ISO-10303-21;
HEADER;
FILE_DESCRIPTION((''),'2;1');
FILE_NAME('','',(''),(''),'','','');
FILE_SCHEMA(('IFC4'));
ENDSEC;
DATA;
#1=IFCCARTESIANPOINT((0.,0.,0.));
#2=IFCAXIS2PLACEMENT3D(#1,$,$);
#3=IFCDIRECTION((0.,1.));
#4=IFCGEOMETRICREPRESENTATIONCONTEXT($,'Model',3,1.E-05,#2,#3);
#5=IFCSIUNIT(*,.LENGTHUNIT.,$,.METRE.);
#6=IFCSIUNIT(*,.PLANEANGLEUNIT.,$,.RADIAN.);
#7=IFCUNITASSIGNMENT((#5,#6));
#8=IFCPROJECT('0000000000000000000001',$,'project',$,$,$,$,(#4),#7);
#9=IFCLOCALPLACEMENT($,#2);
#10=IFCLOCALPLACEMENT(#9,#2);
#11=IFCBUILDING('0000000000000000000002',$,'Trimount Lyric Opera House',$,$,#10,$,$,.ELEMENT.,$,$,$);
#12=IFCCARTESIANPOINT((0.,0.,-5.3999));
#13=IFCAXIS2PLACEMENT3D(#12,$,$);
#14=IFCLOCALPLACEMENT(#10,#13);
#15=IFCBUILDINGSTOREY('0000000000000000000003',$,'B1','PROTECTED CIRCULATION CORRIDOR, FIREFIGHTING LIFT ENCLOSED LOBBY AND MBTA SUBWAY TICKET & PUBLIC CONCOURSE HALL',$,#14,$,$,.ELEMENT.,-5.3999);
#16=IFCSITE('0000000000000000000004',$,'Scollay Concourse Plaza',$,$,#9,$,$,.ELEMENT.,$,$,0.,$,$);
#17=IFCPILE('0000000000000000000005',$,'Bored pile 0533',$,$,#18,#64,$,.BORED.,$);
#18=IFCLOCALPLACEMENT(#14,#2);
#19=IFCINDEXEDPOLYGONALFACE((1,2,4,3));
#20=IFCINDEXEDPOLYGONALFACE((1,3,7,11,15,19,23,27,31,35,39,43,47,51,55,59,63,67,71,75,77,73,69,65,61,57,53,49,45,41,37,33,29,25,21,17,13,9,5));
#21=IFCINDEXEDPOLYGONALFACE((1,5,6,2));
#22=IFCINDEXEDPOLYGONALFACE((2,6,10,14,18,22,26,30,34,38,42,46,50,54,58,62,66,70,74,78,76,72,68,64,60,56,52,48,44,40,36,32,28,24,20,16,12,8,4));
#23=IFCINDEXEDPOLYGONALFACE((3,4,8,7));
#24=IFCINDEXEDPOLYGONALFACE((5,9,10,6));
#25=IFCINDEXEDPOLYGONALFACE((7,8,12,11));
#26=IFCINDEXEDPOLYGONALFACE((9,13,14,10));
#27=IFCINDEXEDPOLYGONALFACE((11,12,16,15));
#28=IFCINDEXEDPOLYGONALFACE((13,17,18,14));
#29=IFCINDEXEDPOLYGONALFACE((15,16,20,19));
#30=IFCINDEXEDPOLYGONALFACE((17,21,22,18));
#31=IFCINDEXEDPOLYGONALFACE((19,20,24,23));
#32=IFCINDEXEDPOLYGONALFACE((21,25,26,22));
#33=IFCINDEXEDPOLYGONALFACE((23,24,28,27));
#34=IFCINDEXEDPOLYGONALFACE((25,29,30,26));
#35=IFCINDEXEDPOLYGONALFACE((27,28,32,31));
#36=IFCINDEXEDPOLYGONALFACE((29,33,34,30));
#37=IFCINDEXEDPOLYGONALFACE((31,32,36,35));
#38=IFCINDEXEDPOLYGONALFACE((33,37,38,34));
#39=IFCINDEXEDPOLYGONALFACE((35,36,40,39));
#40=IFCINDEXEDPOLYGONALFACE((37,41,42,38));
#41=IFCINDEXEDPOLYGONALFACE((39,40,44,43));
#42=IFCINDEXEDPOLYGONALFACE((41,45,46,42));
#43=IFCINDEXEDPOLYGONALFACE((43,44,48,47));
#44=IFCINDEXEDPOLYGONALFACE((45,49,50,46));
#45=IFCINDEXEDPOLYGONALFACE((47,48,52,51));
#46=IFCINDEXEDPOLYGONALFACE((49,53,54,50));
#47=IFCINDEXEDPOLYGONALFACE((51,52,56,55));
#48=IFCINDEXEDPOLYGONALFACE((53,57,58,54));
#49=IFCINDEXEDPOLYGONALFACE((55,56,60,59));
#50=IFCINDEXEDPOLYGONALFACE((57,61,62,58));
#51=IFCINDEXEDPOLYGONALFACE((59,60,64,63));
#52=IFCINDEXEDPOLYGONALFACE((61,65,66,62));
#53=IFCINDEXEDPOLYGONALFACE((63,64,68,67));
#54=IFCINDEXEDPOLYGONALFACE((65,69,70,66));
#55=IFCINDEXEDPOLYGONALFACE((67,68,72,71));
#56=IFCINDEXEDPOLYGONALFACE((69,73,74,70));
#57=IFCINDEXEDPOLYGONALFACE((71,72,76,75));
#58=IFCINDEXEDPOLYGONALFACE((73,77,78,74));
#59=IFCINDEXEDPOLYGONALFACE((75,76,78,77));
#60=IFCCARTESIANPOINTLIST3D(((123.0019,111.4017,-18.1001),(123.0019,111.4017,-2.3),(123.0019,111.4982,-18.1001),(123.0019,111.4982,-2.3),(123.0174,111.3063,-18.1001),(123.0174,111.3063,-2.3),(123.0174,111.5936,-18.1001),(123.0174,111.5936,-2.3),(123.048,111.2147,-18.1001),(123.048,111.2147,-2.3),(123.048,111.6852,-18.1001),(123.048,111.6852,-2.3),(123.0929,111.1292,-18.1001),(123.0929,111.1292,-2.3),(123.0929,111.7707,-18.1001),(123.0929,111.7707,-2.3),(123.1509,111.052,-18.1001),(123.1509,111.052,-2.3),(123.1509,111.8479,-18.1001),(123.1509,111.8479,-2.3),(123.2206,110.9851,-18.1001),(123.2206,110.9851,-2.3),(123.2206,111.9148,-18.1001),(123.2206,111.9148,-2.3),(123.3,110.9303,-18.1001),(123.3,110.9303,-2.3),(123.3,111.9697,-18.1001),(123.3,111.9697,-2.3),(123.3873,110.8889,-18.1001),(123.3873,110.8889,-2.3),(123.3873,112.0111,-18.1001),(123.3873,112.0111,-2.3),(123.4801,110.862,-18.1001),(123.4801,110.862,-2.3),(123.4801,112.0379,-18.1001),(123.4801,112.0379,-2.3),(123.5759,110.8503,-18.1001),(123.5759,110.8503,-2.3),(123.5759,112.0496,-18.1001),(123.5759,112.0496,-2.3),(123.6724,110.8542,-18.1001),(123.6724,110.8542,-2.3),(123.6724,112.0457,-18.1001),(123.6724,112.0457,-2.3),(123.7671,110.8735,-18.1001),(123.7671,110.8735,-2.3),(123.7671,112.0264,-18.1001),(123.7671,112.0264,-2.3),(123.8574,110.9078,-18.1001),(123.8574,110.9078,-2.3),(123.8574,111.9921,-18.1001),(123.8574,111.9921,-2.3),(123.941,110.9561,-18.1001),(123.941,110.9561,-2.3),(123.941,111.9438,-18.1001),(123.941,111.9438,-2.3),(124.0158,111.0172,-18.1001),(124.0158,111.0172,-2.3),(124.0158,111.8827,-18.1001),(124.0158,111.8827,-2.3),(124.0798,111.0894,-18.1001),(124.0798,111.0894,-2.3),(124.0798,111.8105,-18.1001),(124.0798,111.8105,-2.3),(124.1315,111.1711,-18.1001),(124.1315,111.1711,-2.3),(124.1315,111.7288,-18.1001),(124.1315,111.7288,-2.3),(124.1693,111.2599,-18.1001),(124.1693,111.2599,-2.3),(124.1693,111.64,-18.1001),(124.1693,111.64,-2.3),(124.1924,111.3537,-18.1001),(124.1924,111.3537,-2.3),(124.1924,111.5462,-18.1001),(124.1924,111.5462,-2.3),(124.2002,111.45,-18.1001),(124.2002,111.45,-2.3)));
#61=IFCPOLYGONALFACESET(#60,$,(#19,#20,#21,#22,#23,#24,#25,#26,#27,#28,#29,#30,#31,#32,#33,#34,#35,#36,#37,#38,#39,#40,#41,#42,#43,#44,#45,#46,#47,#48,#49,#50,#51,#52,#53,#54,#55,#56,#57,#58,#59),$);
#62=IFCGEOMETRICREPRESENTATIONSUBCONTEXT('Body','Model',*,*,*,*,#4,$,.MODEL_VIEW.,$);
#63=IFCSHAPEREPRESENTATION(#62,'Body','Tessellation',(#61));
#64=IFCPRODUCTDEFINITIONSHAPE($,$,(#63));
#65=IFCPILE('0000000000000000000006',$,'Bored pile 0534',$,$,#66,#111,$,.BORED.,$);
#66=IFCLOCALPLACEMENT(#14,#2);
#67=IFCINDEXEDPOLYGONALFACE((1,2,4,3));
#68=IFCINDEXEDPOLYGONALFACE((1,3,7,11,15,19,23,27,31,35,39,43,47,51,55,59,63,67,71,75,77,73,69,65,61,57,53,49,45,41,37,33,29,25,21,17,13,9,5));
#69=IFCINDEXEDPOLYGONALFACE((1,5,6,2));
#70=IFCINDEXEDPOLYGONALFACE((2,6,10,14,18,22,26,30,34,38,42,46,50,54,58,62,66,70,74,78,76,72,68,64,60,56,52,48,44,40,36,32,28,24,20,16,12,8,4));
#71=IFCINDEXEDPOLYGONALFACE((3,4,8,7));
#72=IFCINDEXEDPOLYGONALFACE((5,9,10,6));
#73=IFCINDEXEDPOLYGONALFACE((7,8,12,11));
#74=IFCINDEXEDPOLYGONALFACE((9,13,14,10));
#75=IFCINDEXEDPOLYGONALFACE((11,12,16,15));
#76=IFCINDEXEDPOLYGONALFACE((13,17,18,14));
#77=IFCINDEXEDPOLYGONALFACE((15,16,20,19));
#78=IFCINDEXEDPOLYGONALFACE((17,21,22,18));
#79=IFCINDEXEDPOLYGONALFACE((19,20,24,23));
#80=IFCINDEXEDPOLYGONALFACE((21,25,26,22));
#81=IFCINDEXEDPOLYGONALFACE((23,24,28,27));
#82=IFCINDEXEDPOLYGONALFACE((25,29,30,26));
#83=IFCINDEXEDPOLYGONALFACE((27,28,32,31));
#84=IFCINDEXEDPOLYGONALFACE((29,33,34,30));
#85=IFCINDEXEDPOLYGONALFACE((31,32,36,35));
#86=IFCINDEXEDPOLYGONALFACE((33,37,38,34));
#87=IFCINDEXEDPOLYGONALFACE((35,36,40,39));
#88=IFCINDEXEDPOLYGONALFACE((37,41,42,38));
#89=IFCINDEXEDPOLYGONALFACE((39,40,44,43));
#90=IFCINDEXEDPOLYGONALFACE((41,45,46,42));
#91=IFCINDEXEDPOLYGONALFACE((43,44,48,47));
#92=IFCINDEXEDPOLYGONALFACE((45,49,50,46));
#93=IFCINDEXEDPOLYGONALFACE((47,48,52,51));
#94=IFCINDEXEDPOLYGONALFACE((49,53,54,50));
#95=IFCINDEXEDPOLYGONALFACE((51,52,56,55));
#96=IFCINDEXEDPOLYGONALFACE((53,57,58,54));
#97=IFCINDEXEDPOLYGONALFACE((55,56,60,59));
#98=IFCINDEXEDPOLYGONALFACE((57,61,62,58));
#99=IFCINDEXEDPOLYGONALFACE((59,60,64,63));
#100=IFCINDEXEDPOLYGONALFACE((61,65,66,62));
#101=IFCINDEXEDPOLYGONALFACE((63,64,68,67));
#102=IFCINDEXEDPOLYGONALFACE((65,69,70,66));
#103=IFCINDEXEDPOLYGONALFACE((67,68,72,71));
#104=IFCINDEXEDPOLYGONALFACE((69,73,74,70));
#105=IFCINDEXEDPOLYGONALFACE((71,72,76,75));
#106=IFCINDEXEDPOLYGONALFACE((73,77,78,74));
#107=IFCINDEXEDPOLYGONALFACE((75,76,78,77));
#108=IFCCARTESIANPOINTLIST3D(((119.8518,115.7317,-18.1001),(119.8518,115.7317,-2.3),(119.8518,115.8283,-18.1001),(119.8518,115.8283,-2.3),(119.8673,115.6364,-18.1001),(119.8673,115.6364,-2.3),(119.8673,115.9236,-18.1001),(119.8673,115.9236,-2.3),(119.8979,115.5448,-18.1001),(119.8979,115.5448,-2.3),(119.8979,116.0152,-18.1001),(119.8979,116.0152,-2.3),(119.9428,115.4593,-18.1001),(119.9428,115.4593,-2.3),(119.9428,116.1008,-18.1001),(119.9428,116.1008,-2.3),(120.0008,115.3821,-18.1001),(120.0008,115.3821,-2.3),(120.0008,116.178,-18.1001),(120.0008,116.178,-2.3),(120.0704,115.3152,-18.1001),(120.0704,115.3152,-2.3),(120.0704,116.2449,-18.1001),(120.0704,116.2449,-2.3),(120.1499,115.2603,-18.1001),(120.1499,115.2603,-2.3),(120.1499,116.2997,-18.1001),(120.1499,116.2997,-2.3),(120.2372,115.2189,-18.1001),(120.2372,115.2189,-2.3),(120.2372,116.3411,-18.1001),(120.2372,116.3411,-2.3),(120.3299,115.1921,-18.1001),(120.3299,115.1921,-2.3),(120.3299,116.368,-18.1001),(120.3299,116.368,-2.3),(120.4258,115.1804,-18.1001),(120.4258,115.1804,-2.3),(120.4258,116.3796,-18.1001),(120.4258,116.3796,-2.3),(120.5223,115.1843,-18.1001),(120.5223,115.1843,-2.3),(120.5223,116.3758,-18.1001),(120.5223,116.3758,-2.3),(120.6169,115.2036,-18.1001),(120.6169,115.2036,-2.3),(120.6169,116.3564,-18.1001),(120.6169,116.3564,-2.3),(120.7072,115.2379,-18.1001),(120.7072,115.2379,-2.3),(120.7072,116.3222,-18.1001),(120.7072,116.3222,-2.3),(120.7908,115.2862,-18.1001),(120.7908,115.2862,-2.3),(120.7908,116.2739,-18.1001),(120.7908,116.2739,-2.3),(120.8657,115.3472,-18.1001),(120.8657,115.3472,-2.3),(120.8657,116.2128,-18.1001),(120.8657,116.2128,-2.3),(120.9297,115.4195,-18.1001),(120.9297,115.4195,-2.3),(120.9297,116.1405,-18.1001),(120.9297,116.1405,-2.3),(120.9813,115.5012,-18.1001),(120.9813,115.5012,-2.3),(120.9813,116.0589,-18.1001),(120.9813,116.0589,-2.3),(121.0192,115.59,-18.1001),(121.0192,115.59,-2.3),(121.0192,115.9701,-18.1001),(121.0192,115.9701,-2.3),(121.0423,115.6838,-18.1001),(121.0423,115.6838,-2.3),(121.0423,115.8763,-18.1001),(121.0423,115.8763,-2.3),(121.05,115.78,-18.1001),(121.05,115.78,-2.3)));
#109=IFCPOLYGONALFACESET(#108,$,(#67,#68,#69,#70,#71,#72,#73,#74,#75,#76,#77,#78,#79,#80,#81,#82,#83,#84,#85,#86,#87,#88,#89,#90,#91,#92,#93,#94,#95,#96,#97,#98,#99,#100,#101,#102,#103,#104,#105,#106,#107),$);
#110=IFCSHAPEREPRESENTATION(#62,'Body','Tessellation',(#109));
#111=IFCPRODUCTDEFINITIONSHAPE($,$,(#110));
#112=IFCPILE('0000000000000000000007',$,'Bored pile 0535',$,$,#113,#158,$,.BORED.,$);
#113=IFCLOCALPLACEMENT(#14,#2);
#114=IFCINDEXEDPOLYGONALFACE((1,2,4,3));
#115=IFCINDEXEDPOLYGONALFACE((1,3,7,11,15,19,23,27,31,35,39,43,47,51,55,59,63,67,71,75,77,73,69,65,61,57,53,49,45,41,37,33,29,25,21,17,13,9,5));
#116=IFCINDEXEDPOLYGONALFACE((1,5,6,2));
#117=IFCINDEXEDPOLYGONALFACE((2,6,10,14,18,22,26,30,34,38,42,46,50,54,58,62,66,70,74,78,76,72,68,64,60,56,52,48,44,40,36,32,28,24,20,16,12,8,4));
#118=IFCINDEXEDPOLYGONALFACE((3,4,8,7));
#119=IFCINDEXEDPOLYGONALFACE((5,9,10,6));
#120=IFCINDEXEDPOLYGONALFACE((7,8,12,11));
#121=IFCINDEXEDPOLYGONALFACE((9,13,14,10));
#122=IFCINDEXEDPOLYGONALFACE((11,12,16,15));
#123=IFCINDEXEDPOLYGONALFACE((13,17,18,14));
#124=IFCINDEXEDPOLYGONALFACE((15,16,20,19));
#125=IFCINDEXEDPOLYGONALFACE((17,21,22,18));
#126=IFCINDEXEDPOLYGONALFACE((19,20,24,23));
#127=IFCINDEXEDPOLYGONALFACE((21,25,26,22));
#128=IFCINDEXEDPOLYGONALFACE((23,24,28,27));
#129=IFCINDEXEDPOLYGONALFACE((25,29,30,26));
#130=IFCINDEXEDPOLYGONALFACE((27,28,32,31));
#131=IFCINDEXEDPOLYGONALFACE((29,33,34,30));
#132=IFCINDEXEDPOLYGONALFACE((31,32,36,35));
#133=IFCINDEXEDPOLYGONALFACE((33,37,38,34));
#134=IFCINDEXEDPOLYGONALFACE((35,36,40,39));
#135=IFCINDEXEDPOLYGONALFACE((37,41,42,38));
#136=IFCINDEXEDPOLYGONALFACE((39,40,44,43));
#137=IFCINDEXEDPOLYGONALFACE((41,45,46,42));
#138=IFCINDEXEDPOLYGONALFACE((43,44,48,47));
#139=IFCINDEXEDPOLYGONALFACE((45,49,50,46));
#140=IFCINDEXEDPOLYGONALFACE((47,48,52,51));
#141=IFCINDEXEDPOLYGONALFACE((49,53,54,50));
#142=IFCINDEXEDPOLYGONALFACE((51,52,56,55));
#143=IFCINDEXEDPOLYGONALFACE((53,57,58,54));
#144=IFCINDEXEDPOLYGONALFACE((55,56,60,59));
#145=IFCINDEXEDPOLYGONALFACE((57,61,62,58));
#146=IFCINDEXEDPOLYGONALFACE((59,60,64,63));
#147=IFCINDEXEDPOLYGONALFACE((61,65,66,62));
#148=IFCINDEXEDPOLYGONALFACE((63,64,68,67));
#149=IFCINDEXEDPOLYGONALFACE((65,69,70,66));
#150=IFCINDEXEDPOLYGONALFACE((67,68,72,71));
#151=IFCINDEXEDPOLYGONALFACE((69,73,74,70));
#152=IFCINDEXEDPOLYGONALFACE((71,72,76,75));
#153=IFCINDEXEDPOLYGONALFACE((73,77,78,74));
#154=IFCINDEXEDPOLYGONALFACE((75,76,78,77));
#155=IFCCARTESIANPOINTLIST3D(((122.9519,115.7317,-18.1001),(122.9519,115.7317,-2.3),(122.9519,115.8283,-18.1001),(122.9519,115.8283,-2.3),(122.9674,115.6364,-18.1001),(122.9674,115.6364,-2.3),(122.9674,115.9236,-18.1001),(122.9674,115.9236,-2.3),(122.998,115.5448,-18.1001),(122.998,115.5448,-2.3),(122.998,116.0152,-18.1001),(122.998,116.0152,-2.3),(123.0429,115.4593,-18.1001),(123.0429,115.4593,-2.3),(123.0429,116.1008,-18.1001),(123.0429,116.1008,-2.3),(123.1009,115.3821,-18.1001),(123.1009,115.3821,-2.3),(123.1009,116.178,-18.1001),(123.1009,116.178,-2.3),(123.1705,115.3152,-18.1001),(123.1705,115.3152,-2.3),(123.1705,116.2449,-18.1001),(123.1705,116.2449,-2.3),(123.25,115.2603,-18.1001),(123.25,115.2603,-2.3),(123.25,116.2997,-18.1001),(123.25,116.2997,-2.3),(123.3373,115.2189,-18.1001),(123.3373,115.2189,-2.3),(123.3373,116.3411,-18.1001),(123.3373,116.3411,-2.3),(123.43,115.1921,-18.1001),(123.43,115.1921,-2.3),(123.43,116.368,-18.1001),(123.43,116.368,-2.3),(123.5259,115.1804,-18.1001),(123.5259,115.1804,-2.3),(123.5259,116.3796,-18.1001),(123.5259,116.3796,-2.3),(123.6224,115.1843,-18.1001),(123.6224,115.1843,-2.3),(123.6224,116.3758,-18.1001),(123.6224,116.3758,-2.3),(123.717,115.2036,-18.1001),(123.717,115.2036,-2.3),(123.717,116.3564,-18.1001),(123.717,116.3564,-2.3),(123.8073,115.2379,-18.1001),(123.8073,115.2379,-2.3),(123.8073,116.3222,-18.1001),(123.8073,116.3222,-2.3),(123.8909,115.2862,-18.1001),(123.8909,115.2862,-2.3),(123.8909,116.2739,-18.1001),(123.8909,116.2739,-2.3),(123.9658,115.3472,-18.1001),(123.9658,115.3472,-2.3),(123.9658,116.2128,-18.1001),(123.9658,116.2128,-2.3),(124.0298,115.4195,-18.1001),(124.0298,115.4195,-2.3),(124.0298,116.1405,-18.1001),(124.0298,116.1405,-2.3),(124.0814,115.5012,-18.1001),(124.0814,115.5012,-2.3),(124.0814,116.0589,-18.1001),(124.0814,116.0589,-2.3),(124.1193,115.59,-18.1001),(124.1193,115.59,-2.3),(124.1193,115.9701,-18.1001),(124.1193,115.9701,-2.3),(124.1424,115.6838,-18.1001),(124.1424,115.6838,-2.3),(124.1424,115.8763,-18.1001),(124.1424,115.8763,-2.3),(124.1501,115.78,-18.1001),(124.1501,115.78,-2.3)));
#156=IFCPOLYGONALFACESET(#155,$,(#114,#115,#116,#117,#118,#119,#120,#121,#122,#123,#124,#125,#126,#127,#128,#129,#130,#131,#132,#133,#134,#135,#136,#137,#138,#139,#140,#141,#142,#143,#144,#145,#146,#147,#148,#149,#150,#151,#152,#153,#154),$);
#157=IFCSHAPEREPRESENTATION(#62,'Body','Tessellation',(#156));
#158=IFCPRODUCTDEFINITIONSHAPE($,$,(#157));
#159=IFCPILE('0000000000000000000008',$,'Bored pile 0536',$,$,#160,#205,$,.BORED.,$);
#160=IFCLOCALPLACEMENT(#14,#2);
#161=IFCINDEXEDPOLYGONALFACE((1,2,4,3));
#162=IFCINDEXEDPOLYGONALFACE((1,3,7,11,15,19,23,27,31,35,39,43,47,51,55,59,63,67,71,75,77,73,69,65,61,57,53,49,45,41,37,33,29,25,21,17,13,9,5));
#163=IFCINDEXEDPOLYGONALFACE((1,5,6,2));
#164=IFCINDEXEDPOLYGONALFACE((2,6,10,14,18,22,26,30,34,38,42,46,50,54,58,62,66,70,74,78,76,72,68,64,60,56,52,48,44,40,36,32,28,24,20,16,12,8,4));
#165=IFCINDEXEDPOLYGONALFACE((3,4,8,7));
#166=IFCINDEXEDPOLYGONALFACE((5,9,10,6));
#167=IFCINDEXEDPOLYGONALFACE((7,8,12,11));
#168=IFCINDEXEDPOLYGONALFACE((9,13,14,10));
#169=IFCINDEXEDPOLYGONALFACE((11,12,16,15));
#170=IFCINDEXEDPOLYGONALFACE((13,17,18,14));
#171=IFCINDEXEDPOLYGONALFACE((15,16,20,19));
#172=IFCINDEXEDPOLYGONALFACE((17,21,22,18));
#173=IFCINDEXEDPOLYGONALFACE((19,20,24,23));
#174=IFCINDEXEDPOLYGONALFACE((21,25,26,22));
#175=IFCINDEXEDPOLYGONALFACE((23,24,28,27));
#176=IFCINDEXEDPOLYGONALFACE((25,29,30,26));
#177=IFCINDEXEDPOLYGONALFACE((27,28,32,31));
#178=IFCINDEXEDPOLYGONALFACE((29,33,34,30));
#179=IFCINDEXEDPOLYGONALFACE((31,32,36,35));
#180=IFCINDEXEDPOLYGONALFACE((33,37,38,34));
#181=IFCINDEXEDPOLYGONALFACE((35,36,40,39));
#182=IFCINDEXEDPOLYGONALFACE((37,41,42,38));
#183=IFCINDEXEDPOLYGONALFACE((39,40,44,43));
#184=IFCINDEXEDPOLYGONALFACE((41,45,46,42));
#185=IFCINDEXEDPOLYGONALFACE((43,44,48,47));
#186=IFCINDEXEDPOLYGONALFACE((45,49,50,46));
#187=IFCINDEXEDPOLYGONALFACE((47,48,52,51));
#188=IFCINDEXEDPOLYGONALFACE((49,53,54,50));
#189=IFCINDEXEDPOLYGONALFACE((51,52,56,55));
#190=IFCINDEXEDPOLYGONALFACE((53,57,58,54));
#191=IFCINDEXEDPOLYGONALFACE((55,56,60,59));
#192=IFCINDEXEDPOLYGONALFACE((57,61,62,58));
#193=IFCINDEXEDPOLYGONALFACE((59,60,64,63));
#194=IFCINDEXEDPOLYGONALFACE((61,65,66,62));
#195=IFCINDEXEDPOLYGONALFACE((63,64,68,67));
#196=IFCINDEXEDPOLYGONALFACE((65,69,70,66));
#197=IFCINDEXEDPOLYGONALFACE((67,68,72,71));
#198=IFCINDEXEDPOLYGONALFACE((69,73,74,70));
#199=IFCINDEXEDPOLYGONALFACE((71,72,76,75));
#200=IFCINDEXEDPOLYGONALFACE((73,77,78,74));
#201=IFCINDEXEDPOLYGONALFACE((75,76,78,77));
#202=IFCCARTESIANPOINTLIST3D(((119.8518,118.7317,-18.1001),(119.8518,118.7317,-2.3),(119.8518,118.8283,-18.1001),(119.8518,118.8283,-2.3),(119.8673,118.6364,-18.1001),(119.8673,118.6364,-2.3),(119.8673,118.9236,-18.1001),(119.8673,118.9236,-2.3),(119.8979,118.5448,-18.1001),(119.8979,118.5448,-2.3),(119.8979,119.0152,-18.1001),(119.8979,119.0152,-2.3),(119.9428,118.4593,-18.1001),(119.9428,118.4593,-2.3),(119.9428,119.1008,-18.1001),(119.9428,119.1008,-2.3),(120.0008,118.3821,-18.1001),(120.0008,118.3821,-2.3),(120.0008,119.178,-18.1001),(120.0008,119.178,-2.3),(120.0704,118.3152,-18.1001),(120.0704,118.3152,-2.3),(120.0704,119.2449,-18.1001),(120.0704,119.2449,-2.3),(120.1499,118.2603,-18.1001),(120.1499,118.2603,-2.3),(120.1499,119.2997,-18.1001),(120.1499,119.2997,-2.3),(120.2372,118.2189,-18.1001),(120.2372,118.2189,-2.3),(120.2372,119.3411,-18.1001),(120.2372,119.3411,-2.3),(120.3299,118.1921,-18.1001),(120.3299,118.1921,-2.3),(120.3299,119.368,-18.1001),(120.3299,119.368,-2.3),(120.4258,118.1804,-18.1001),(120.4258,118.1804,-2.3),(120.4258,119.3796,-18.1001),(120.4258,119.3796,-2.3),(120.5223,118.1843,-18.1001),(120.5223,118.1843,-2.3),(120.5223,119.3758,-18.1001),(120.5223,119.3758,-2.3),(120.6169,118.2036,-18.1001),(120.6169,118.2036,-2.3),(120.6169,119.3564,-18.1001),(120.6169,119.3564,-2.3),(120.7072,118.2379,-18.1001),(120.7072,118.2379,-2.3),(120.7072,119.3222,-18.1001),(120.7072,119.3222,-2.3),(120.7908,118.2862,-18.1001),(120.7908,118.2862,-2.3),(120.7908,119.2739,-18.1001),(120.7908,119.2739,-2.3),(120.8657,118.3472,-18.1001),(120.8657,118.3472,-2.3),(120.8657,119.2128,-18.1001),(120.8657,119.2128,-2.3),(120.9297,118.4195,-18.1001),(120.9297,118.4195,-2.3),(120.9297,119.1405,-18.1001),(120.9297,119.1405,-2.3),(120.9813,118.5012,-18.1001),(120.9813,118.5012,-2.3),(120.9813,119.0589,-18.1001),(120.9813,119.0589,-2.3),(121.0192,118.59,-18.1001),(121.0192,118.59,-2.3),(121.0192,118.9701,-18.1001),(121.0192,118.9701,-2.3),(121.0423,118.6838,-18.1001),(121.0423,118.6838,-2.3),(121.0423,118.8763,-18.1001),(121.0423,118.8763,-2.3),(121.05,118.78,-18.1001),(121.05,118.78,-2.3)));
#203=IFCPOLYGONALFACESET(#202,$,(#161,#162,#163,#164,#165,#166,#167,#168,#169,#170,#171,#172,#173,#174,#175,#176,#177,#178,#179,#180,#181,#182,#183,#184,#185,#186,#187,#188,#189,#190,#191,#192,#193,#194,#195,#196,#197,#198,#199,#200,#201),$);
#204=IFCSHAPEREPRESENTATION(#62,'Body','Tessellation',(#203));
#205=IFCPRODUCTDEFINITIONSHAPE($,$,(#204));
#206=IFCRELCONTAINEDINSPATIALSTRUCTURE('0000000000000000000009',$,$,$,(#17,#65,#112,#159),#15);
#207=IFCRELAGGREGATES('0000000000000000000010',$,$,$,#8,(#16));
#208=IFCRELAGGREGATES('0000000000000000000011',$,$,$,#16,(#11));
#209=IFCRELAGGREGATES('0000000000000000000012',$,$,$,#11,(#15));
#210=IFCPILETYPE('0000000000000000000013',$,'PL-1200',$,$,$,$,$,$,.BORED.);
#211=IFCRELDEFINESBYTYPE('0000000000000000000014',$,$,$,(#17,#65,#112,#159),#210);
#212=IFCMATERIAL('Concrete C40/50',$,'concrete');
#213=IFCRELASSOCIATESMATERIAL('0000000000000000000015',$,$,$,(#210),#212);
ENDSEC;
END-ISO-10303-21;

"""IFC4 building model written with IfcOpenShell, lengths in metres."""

from ifc_helpers import new_model, si_unit, direction, frame, origin, origin_2d, place, context, subcontext, project, spatial, circle, extrude, material, material_profile, profile_set, type_object, element, save


model = new_model("IFC4")

# Units and contexts
model_context = context("Model", 3, precision=1e-05, world=origin(), true_north=direction((0.0, 1.0)))
body_context = subcontext(model_context, "Body", "Model", "MODEL_VIEW")
ifc_project = project(units=[si_unit("LENGTHUNIT", "METRE"), si_unit("PLANEANGLEUNIT", "RADIAN")], contexts=[model_context])

# Site, building, storey
site_placement = place(None, origin())
site = spatial("IfcSite", under=ifc_project, at=site_placement, Name="Scollay Concourse Plaza", CompositionType="ELEMENT", RefElevation=0.0)
building_placement = place(site_placement, origin())
building = spatial("IfcBuilding", under=site, at=building_placement, Name="Trimount Lyric Opera House", CompositionType="ELEMENT")
storey_placement = place(building_placement, frame((0.0, 0.0, -5.3999)))
storey = spatial("IfcBuildingStorey", under=building, at=storey_placement, Name="B1", Description="PROTECTED CIRCULATION CORRIDOR, FIREFIGHTING LIFT ENCLOSED LOBBY AND MBTA SUBWAY TICKET & PUBLIC CONCOURSE HALL", CompositionType="ELEMENT", Elevation=-5.3999)

# Piles
ifc_material_1 = material(Name="Concrete C40/50", Category="concrete")
ifc_material_profile_1 = material_profile(ifc_material_1, circle(Radius=0.6001, at=origin_2d()), Name="PILE-D1200")
ifc_profile_set_1 = profile_set([ifc_material_profile_1], Name="Concrete C40/50")
pile_type = type_object("IfcPileType", Name="PL-1200", PredefinedType="BORED", material=ifc_profile_set_1)
for number, where, z_axis, x_axis, name in (
    (1, (123.6001, 111.45, -2.3), (0.0, 0.0, -1.0), (1.0, 0.0, 0.0), "Bored pile 0533"),
    (2, (120.45, 115.78, -2.3), (0.0, 0.0, -1.0), (1.0, 0.0, 0.0), "Bored pile 0534"),
    (3, (123.55, 115.78, -2.3), (0.0, 0.0, -1.0), (1.0, 0.0, 0.0), "Bored pile 0535"),
    (4, (120.45, 118.78, -2.3), (0.0, 0.0, -1.0), (1.0, 0.0, 0.0), "Bored pile 0536"),
):
    element("IfcPile", number, at=place(storey_placement, frame(where, z_axis=z_axis, x_axis=x_axis)), inside=storey, type_object=pile_type, Name=name, PredefinedType="BORED", context=body_context, shape_type="SweptSolid", body=[
        extrude(circle(Radius=0.6001, at=origin_2d()), origin(), (0.0, 0.0, 1.0), 15.8),
    ])

save(model, "model.ifc")
